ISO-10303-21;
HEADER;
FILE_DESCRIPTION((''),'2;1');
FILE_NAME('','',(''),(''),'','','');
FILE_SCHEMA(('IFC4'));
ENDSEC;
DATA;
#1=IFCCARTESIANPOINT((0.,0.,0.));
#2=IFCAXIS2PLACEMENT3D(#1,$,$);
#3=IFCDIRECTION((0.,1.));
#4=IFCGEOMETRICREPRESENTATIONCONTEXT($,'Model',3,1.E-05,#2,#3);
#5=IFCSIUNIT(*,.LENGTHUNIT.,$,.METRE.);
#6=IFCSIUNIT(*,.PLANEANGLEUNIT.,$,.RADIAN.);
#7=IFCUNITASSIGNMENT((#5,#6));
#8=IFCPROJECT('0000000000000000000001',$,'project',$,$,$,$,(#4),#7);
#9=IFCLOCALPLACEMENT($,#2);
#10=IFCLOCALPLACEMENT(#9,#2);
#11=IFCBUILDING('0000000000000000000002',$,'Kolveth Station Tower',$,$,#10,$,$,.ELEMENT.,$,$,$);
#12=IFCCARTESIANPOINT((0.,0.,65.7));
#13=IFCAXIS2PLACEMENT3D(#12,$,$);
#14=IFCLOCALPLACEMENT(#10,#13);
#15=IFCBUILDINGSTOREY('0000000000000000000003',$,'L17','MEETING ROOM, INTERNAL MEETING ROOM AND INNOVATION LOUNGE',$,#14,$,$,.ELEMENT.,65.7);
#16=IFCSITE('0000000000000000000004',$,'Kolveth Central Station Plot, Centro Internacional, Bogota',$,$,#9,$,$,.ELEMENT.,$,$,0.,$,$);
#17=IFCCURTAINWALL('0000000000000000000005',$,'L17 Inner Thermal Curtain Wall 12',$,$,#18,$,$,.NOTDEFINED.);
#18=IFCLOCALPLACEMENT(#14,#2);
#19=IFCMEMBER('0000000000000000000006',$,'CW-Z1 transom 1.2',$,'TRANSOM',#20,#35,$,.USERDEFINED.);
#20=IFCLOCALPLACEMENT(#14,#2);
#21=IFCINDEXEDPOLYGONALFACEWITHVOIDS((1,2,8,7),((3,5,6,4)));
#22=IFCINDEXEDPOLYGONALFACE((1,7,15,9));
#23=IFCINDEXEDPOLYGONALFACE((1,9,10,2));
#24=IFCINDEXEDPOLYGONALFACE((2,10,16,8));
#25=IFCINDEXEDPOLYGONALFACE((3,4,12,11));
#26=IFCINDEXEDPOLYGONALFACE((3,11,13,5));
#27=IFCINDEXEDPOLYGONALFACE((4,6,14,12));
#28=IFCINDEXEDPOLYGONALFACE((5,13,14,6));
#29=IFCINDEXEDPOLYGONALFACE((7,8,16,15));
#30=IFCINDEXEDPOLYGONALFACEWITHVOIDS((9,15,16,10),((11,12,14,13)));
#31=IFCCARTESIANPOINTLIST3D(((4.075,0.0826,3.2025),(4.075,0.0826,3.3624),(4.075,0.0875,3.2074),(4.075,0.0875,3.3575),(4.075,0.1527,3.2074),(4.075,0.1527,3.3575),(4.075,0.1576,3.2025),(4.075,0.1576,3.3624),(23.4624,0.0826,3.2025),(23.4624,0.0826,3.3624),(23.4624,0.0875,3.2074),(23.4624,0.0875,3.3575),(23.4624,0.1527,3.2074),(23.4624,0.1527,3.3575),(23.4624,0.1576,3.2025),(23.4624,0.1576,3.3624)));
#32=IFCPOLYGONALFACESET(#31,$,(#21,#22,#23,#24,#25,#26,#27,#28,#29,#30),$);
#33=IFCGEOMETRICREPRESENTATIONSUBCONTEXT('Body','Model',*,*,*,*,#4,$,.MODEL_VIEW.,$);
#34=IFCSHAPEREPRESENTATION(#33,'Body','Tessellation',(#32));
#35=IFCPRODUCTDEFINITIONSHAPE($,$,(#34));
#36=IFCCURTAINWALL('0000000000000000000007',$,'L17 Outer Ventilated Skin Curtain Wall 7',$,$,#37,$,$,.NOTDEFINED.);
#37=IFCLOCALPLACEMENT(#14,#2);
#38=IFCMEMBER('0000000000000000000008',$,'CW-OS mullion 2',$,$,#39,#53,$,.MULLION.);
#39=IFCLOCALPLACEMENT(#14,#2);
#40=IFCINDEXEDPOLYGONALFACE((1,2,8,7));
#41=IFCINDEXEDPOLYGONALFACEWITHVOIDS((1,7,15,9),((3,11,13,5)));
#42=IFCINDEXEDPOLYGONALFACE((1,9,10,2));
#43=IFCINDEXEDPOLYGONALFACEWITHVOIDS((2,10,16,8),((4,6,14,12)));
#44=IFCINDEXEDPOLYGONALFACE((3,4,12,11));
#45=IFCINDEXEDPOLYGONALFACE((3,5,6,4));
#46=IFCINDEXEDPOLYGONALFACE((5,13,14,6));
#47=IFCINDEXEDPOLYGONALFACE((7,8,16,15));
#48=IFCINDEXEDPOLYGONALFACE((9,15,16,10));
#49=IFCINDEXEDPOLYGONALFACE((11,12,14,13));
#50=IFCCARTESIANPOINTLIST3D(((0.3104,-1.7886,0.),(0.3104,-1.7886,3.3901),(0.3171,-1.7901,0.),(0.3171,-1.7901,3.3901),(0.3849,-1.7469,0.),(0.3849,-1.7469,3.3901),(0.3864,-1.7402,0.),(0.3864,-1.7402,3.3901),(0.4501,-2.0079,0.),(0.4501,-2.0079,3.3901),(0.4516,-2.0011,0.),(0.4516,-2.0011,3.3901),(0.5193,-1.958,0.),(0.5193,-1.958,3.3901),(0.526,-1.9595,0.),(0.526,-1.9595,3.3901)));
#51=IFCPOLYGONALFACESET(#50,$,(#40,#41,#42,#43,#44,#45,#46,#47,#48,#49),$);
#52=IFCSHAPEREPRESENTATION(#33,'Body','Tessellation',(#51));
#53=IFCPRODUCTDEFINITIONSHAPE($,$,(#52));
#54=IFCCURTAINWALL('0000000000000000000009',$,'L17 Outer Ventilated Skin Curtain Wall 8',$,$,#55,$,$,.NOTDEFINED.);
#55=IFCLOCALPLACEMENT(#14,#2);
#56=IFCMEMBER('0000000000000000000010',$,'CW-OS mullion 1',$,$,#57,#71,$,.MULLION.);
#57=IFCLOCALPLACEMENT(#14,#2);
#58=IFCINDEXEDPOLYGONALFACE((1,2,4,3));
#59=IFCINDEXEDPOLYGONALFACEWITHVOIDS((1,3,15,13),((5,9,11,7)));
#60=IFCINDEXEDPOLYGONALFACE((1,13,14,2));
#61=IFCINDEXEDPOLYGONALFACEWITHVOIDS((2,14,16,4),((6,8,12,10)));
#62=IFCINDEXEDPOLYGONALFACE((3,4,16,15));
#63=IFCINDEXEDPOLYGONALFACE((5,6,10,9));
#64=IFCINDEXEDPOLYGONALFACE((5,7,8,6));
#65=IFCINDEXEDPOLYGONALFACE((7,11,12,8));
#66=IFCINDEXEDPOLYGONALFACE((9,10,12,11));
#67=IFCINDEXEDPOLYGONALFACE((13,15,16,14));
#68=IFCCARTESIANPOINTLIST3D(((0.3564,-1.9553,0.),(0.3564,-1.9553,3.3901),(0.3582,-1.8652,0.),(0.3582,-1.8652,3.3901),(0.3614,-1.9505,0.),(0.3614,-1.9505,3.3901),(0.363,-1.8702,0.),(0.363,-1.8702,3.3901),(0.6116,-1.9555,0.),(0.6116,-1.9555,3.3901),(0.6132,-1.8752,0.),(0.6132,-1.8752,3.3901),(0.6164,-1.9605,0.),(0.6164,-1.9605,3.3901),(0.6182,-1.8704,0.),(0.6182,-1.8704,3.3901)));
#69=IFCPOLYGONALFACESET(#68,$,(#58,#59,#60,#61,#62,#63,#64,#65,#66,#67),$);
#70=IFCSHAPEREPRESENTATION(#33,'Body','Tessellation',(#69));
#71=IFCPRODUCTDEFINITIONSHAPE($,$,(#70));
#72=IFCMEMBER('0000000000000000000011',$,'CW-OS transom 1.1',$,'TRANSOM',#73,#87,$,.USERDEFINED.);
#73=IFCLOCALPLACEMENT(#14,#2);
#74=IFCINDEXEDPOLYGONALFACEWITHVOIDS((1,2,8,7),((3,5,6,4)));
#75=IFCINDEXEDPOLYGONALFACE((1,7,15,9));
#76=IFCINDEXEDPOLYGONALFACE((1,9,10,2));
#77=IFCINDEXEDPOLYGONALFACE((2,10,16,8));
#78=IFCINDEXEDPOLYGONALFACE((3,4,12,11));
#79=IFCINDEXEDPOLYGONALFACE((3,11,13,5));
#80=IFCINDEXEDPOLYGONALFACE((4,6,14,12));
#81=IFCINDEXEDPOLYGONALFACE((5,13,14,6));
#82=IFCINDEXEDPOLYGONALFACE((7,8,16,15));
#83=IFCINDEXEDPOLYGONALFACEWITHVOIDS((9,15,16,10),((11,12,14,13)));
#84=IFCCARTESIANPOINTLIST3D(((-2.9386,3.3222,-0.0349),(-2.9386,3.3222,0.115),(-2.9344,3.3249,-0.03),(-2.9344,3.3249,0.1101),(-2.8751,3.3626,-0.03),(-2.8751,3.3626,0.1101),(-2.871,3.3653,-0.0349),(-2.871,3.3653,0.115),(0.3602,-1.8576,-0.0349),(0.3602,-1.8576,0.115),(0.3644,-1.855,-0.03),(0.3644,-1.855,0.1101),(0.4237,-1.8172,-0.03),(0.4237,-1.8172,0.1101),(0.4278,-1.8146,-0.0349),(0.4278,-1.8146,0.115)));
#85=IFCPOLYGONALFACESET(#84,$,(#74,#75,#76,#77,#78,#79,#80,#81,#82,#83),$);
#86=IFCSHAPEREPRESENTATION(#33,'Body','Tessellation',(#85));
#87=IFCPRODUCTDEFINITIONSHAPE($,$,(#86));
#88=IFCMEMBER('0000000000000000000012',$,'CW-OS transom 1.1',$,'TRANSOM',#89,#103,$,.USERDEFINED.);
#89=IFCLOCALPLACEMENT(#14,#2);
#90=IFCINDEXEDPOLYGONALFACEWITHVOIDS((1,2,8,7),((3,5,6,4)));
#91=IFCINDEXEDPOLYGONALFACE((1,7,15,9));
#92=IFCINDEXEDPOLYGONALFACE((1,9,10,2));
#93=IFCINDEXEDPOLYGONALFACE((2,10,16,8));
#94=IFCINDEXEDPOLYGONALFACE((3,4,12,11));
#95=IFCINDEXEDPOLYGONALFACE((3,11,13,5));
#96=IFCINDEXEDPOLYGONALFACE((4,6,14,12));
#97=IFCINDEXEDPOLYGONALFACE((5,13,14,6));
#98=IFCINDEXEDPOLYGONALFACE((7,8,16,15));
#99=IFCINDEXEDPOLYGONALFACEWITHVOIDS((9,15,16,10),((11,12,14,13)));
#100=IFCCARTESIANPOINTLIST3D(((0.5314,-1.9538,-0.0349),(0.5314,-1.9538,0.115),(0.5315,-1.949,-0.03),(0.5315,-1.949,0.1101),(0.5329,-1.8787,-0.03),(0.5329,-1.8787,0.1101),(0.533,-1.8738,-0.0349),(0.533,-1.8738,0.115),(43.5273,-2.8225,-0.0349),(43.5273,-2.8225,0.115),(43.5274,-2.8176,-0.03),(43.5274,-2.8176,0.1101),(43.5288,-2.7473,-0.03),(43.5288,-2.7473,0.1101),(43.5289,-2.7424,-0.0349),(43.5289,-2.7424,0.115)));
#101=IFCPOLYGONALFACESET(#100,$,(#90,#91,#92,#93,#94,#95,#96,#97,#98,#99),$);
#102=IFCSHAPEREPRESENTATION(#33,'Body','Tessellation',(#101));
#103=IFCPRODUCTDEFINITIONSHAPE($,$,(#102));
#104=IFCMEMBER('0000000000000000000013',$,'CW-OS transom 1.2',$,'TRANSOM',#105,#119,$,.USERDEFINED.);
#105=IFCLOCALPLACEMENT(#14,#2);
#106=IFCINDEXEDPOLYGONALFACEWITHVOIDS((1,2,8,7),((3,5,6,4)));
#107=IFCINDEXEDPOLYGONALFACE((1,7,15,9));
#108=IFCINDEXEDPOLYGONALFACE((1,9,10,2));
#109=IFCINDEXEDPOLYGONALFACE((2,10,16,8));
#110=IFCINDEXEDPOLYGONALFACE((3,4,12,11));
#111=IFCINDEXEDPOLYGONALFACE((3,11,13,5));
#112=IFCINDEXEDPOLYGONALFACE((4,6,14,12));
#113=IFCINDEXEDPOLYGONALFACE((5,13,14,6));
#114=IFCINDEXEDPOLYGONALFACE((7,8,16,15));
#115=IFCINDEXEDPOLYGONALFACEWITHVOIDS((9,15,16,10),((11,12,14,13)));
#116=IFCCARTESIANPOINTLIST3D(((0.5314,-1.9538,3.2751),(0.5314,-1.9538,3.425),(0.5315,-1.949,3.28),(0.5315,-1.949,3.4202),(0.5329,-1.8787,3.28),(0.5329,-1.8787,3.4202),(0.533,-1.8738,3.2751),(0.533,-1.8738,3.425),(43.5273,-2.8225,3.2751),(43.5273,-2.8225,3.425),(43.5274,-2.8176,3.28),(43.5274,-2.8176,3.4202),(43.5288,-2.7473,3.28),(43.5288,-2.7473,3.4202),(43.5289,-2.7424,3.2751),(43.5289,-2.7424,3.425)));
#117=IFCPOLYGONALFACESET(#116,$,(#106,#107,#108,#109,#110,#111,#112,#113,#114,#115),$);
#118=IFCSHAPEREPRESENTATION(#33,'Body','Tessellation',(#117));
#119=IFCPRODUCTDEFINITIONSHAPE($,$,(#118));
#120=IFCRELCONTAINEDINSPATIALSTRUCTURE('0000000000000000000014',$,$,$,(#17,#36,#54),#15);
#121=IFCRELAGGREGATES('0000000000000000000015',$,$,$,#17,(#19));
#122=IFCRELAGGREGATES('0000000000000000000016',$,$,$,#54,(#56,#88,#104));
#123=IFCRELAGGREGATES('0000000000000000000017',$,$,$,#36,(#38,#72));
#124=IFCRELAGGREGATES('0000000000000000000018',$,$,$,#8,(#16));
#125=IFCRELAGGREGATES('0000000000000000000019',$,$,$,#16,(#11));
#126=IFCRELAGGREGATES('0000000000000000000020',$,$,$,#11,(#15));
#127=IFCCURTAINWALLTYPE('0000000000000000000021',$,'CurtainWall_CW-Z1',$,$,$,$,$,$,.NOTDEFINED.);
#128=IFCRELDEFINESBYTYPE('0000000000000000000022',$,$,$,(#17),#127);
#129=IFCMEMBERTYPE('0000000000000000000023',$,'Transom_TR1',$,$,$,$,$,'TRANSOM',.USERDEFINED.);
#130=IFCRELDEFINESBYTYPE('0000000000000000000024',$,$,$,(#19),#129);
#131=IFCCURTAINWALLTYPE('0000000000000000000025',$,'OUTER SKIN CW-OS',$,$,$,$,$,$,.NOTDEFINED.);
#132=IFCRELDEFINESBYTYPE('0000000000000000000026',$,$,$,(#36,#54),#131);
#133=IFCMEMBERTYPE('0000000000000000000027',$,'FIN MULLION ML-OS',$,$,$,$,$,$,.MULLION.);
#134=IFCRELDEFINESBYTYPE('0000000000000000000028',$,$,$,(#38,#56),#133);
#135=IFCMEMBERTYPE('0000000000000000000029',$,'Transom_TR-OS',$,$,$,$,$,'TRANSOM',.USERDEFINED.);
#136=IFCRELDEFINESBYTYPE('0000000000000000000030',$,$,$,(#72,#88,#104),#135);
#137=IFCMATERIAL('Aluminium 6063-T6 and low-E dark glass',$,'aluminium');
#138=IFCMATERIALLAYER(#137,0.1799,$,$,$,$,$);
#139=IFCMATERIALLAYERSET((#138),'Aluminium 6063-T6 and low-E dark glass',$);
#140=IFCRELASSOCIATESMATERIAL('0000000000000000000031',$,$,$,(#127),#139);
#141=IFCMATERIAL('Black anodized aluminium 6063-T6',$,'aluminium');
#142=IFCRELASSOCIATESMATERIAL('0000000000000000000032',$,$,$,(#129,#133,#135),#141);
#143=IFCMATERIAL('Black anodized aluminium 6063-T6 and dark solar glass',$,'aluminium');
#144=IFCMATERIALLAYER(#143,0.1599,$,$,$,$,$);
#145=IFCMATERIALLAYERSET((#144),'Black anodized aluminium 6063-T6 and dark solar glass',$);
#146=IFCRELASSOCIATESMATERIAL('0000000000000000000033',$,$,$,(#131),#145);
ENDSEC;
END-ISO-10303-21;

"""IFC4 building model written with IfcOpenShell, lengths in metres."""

from ifc_helpers import new_model, si_unit, direction, frame, origin, origin_2d, place, context, subcontext, project, spatial, hollow_rectangle, extrude, source, transform, mapped, material, layer, layer_set, material_profile, profile_set, type_object, element, aggregate, save


model = new_model("IFC4")

# Units and contexts
model_context = context("Model", 3, precision=1e-05, world=origin(), true_north=direction((0.0, 1.0)))
body_context = subcontext(model_context, "Body", "Model", "MODEL_VIEW")
ifc_project = project(units=[si_unit("LENGTHUNIT", "METRE"), si_unit("PLANEANGLEUNIT", "RADIAN")], contexts=[model_context])

# Site, building, storey
site_placement = place(None, origin())
site = spatial("IfcSite", under=ifc_project, at=site_placement, Name="Kolveth Central Station Plot, Centro Internacional, Bogota", CompositionType="ELEMENT", RefElevation=0.0)
building_placement = place(site_placement, origin())
building = spatial("IfcBuilding", under=site, at=building_placement, Name="Kolveth Station Tower", CompositionType="ELEMENT")
storey_placement = place(building_placement, frame((0.0, 0.0, 65.7)))
storey = spatial("IfcBuildingStorey", under=building, at=storey_placement, Name="L17", Description="MEETING ROOM, INTERNAL MEETING ROOM AND INNOVATION LOUNGE", CompositionType="ELEMENT", Elevation=65.7)

# Shared definitions
ifc_material_1 = material(Name="Aluminium 6063-T6 and low-E dark glass", Category="aluminium")
ifc_layer_1 = layer(ifc_material_1, 0.1799)
ifc_layer_set_1 = layer_set([ifc_layer_1], Name="Aluminium 6063-T6 and low-E dark glass")
curtain_wall_type_1 = type_object("IfcCurtainWallType", Name="CurtainWall_CW-Z1", PredefinedType="NOTDEFINED", material=ifc_layer_set_1)
ifc_material_2 = material(Name="Black anodized aluminium 6063-T6", Category="aluminium")

# Curtain wall
curtain_wall_1_placement = place(storey_placement, origin())
curtain_wall_1 = element("IfcCurtainWall", 1, at=curtain_wall_1_placement, inside=storey, type_object=curtain_wall_type_1, Name="L17 Inner Thermal Curtain Wall 12", PredefinedType="NOTDEFINED")

# Member
ifc_material_profile_1 = material_profile(ifc_material_2, hollow_rectangle(XDim=0.075, YDim=0.1599, WallThickness=0.0049, at=origin_2d()), Name="ALU-75x160x5")
ifc_profile_set_1 = profile_set([ifc_material_profile_1], Name="Black anodized aluminium 6063-T6")
member_type_1 = type_object("IfcMemberType", Name="Transom_TR1", ElementType="TRANSOM", PredefinedType="USERDEFINED", material=ifc_profile_set_1)
shared_shape_1 = source(origin(), body_context, "Body", "SweptSolid", [
    extrude(hollow_rectangle(XDim=0.075, YDim=0.1599, WallThickness=0.0049, at=origin_2d()), origin(), (0.0, 0.0, 1.0), 19.3875),
])
member_1_placement = place(storey_placement, frame((4.075, 0.1201, 3.2825), z_axis=(1.0, 0.0, 0.0), x_axis=(0.0, 1.0, 0.0)))
member_1 = element("IfcMember", 2, at=member_1_placement, type_object=member_type_1, Name="CW-Z1 transom 1.2", ObjectType="TRANSOM", PredefinedType="USERDEFINED", context=body_context, shape_type="MappedRepresentation", body=[
    mapped(shared_shape_1, transform((0.0, 0.0, 0.0), x_axis=(1.0, 0.0, 0.0), y_axis=(0.0, 1.0, 0.0), z_axis=(0.0, 0.0, 1.0), scale=1.0)),
])
aggregate(curtain_wall_1, [member_1])

# Curtain walls, members
ifc_material_3 = material(Name="Black anodized aluminium 6063-T6 and dark solar glass", Category="aluminium")
ifc_layer_2 = layer(ifc_material_3, 0.1599)
ifc_layer_set_2 = layer_set([ifc_layer_2], Name="Black anodized aluminium 6063-T6 and dark solar glass")
curtain_wall_type_2 = type_object("IfcCurtainWallType", Name="OUTER SKIN CW-OS", PredefinedType="NOTDEFINED", material=ifc_layer_set_2)
curtain_wall_2_placement = place(storey_placement, origin())
curtain_wall_2 = element("IfcCurtainWall", 3, at=curtain_wall_2_placement, inside=storey, type_object=curtain_wall_type_2, Name="L17 Outer Ventilated Skin Curtain Wall 7", PredefinedType="NOTDEFINED")
ifc_material_profile_2 = material_profile(ifc_material_2, hollow_rectangle(XDim=0.0901, YDim=0.26, WallThickness=0.0049, at=origin_2d()), Name="ALU-90x260x5")
ifc_profile_set_2 = profile_set([ifc_material_profile_2], Name="Black anodized aluminium 6063-T6")
member_type_2 = type_object("IfcMemberType", Name="FIN MULLION ML-OS", PredefinedType="MULLION", material=ifc_profile_set_2)
shared_shape_2 = source(origin(), body_context, "Body", "SweptSolid", [
    extrude(hollow_rectangle(XDim=0.0901, YDim=0.26, WallThickness=0.0049, at=origin_2d()), origin(), (0.0, 0.0, 1.0), 3.3901),
])
member_2_placement = place(storey_placement, frame((0.4182, -1.874, 0.0), z_axis=(0.0, 0.0, 1.0), x_axis=(0.843471, 0.537175, 0.0)))
member_2 = element("IfcMember", 4, at=member_2_placement, type_object=member_type_2, Name="CW-OS mullion 2", PredefinedType="MULLION", context=body_context, shape_type="MappedRepresentation", body=[
    mapped(shared_shape_2, transform((0.0, 0.0, 0.0), x_axis=(1.0, 0.0, 0.0), y_axis=(0.0, 1.0, 0.0), z_axis=(0.0, 0.0, 1.0), scale=1.0)),
])
curtain_wall_3_placement = place(storey_placement, origin())
curtain_wall_3 = element("IfcCurtainWall", 5, at=curtain_wall_3_placement, inside=storey, type_object=curtain_wall_type_2, Name="L17 Outer Ventilated Skin Curtain Wall 8", PredefinedType="NOTDEFINED")
member_3_placement = place(storey_placement, frame((0.4873, -1.9128, 0.0), z_axis=(0.0, 0.0, 1.0), x_axis=(0.020202, 0.999796, 0.0)))
member_3 = element("IfcMember", 6, at=member_3_placement, type_object=member_type_2, Name="CW-OS mullion 1", PredefinedType="MULLION", context=body_context, shape_type="MappedRepresentation", body=[
    mapped(shared_shape_2, transform((0.0, 0.0, 0.0), x_axis=(1.0, 0.0, 0.0), y_axis=(0.0, 1.0, 0.0), z_axis=(0.0, 0.0, 1.0), scale=1.0)),
])

# Members
ifc_material_profile_3 = material_profile(ifc_material_2, hollow_rectangle(XDim=0.0801, YDim=0.1499, WallThickness=0.0049, at=origin_2d()), Name="ALU-80x150x5")
ifc_profile_set_3 = profile_set([ifc_material_profile_3], Name="Black anodized aluminium 6063-T6")
member_type_3 = type_object("IfcMemberType", Name="Transom_TR-OS", ElementType="TRANSOM", PredefinedType="USERDEFINED", material=ifc_profile_set_3)
shared_shape_3 = source(origin(), body_context, "Body", "SweptSolid", [
    extrude(hollow_rectangle(XDim=0.0801, YDim=0.1499, WallThickness=0.0049, at=origin_2d()), origin(), (0.0, 0.0, 1.0), 6.1411),
])
member_4_placement = place(storey_placement, frame((-2.9048, 3.3438, 0.04), z_axis=(0.537166, -0.843476, 0.0), x_axis=(0.843476, 0.537166, 0.0)))
member_4 = element("IfcMember", 7, at=member_4_placement, type_object=member_type_3, Name="CW-OS transom 1.1", ObjectType="TRANSOM", PredefinedType="USERDEFINED", context=body_context, shape_type="MappedRepresentation", body=[
    mapped(shared_shape_3, transform((0.0, 0.0, 0.0), x_axis=(1.0, 0.0, 0.0), y_axis=(0.0, 1.0, 0.0), z_axis=(0.0, 0.0, 1.0), scale=1.0)),
])
shared_shape_4 = source(origin(), body_context, "Body", "SweptSolid", [
    extrude(hollow_rectangle(XDim=0.0801, YDim=0.1499, WallThickness=0.0049, at=origin_2d()), origin(), (0.0, 0.0, 1.0), 43.0046),
])
member_5_placement = place(storey_placement, frame((0.5322, -1.9138, 0.04), z_axis=(0.999796, -0.020199, 0.0), x_axis=(0.020199, 0.999796, 0.0)))
member_5 = element("IfcMember", 8, at=member_5_placement, type_object=member_type_3, Name="CW-OS transom 1.1", ObjectType="TRANSOM", PredefinedType="USERDEFINED", context=body_context, shape_type="MappedRepresentation", body=[
    mapped(shared_shape_4, transform((0.0, 0.0, 0.0), x_axis=(1.0, 0.0, 0.0), y_axis=(0.0, 1.0, 0.0), z_axis=(0.0, 0.0, 1.0), scale=1.0)),
])
member_6_placement = place(storey_placement, frame((0.5322, -1.9138, 3.3501), z_axis=(0.999796, -0.020199, 0.0), x_axis=(0.020199, 0.999796, 0.0)))
member_6 = element("IfcMember", 9, at=member_6_placement, type_object=member_type_3, Name="CW-OS transom 1.2", ObjectType="TRANSOM", PredefinedType="USERDEFINED", context=body_context, shape_type="MappedRepresentation", body=[
    mapped(shared_shape_4, transform((0.0, 0.0, 0.0), x_axis=(1.0, 0.0, 0.0), y_axis=(0.0, 1.0, 0.0), z_axis=(0.0, 0.0, 1.0), scale=1.0)),
])
aggregate(curtain_wall_3, [member_3, member_5, member_6])

aggregate(curtain_wall_2, [member_2, member_4])

save(model, "model.ifc")
